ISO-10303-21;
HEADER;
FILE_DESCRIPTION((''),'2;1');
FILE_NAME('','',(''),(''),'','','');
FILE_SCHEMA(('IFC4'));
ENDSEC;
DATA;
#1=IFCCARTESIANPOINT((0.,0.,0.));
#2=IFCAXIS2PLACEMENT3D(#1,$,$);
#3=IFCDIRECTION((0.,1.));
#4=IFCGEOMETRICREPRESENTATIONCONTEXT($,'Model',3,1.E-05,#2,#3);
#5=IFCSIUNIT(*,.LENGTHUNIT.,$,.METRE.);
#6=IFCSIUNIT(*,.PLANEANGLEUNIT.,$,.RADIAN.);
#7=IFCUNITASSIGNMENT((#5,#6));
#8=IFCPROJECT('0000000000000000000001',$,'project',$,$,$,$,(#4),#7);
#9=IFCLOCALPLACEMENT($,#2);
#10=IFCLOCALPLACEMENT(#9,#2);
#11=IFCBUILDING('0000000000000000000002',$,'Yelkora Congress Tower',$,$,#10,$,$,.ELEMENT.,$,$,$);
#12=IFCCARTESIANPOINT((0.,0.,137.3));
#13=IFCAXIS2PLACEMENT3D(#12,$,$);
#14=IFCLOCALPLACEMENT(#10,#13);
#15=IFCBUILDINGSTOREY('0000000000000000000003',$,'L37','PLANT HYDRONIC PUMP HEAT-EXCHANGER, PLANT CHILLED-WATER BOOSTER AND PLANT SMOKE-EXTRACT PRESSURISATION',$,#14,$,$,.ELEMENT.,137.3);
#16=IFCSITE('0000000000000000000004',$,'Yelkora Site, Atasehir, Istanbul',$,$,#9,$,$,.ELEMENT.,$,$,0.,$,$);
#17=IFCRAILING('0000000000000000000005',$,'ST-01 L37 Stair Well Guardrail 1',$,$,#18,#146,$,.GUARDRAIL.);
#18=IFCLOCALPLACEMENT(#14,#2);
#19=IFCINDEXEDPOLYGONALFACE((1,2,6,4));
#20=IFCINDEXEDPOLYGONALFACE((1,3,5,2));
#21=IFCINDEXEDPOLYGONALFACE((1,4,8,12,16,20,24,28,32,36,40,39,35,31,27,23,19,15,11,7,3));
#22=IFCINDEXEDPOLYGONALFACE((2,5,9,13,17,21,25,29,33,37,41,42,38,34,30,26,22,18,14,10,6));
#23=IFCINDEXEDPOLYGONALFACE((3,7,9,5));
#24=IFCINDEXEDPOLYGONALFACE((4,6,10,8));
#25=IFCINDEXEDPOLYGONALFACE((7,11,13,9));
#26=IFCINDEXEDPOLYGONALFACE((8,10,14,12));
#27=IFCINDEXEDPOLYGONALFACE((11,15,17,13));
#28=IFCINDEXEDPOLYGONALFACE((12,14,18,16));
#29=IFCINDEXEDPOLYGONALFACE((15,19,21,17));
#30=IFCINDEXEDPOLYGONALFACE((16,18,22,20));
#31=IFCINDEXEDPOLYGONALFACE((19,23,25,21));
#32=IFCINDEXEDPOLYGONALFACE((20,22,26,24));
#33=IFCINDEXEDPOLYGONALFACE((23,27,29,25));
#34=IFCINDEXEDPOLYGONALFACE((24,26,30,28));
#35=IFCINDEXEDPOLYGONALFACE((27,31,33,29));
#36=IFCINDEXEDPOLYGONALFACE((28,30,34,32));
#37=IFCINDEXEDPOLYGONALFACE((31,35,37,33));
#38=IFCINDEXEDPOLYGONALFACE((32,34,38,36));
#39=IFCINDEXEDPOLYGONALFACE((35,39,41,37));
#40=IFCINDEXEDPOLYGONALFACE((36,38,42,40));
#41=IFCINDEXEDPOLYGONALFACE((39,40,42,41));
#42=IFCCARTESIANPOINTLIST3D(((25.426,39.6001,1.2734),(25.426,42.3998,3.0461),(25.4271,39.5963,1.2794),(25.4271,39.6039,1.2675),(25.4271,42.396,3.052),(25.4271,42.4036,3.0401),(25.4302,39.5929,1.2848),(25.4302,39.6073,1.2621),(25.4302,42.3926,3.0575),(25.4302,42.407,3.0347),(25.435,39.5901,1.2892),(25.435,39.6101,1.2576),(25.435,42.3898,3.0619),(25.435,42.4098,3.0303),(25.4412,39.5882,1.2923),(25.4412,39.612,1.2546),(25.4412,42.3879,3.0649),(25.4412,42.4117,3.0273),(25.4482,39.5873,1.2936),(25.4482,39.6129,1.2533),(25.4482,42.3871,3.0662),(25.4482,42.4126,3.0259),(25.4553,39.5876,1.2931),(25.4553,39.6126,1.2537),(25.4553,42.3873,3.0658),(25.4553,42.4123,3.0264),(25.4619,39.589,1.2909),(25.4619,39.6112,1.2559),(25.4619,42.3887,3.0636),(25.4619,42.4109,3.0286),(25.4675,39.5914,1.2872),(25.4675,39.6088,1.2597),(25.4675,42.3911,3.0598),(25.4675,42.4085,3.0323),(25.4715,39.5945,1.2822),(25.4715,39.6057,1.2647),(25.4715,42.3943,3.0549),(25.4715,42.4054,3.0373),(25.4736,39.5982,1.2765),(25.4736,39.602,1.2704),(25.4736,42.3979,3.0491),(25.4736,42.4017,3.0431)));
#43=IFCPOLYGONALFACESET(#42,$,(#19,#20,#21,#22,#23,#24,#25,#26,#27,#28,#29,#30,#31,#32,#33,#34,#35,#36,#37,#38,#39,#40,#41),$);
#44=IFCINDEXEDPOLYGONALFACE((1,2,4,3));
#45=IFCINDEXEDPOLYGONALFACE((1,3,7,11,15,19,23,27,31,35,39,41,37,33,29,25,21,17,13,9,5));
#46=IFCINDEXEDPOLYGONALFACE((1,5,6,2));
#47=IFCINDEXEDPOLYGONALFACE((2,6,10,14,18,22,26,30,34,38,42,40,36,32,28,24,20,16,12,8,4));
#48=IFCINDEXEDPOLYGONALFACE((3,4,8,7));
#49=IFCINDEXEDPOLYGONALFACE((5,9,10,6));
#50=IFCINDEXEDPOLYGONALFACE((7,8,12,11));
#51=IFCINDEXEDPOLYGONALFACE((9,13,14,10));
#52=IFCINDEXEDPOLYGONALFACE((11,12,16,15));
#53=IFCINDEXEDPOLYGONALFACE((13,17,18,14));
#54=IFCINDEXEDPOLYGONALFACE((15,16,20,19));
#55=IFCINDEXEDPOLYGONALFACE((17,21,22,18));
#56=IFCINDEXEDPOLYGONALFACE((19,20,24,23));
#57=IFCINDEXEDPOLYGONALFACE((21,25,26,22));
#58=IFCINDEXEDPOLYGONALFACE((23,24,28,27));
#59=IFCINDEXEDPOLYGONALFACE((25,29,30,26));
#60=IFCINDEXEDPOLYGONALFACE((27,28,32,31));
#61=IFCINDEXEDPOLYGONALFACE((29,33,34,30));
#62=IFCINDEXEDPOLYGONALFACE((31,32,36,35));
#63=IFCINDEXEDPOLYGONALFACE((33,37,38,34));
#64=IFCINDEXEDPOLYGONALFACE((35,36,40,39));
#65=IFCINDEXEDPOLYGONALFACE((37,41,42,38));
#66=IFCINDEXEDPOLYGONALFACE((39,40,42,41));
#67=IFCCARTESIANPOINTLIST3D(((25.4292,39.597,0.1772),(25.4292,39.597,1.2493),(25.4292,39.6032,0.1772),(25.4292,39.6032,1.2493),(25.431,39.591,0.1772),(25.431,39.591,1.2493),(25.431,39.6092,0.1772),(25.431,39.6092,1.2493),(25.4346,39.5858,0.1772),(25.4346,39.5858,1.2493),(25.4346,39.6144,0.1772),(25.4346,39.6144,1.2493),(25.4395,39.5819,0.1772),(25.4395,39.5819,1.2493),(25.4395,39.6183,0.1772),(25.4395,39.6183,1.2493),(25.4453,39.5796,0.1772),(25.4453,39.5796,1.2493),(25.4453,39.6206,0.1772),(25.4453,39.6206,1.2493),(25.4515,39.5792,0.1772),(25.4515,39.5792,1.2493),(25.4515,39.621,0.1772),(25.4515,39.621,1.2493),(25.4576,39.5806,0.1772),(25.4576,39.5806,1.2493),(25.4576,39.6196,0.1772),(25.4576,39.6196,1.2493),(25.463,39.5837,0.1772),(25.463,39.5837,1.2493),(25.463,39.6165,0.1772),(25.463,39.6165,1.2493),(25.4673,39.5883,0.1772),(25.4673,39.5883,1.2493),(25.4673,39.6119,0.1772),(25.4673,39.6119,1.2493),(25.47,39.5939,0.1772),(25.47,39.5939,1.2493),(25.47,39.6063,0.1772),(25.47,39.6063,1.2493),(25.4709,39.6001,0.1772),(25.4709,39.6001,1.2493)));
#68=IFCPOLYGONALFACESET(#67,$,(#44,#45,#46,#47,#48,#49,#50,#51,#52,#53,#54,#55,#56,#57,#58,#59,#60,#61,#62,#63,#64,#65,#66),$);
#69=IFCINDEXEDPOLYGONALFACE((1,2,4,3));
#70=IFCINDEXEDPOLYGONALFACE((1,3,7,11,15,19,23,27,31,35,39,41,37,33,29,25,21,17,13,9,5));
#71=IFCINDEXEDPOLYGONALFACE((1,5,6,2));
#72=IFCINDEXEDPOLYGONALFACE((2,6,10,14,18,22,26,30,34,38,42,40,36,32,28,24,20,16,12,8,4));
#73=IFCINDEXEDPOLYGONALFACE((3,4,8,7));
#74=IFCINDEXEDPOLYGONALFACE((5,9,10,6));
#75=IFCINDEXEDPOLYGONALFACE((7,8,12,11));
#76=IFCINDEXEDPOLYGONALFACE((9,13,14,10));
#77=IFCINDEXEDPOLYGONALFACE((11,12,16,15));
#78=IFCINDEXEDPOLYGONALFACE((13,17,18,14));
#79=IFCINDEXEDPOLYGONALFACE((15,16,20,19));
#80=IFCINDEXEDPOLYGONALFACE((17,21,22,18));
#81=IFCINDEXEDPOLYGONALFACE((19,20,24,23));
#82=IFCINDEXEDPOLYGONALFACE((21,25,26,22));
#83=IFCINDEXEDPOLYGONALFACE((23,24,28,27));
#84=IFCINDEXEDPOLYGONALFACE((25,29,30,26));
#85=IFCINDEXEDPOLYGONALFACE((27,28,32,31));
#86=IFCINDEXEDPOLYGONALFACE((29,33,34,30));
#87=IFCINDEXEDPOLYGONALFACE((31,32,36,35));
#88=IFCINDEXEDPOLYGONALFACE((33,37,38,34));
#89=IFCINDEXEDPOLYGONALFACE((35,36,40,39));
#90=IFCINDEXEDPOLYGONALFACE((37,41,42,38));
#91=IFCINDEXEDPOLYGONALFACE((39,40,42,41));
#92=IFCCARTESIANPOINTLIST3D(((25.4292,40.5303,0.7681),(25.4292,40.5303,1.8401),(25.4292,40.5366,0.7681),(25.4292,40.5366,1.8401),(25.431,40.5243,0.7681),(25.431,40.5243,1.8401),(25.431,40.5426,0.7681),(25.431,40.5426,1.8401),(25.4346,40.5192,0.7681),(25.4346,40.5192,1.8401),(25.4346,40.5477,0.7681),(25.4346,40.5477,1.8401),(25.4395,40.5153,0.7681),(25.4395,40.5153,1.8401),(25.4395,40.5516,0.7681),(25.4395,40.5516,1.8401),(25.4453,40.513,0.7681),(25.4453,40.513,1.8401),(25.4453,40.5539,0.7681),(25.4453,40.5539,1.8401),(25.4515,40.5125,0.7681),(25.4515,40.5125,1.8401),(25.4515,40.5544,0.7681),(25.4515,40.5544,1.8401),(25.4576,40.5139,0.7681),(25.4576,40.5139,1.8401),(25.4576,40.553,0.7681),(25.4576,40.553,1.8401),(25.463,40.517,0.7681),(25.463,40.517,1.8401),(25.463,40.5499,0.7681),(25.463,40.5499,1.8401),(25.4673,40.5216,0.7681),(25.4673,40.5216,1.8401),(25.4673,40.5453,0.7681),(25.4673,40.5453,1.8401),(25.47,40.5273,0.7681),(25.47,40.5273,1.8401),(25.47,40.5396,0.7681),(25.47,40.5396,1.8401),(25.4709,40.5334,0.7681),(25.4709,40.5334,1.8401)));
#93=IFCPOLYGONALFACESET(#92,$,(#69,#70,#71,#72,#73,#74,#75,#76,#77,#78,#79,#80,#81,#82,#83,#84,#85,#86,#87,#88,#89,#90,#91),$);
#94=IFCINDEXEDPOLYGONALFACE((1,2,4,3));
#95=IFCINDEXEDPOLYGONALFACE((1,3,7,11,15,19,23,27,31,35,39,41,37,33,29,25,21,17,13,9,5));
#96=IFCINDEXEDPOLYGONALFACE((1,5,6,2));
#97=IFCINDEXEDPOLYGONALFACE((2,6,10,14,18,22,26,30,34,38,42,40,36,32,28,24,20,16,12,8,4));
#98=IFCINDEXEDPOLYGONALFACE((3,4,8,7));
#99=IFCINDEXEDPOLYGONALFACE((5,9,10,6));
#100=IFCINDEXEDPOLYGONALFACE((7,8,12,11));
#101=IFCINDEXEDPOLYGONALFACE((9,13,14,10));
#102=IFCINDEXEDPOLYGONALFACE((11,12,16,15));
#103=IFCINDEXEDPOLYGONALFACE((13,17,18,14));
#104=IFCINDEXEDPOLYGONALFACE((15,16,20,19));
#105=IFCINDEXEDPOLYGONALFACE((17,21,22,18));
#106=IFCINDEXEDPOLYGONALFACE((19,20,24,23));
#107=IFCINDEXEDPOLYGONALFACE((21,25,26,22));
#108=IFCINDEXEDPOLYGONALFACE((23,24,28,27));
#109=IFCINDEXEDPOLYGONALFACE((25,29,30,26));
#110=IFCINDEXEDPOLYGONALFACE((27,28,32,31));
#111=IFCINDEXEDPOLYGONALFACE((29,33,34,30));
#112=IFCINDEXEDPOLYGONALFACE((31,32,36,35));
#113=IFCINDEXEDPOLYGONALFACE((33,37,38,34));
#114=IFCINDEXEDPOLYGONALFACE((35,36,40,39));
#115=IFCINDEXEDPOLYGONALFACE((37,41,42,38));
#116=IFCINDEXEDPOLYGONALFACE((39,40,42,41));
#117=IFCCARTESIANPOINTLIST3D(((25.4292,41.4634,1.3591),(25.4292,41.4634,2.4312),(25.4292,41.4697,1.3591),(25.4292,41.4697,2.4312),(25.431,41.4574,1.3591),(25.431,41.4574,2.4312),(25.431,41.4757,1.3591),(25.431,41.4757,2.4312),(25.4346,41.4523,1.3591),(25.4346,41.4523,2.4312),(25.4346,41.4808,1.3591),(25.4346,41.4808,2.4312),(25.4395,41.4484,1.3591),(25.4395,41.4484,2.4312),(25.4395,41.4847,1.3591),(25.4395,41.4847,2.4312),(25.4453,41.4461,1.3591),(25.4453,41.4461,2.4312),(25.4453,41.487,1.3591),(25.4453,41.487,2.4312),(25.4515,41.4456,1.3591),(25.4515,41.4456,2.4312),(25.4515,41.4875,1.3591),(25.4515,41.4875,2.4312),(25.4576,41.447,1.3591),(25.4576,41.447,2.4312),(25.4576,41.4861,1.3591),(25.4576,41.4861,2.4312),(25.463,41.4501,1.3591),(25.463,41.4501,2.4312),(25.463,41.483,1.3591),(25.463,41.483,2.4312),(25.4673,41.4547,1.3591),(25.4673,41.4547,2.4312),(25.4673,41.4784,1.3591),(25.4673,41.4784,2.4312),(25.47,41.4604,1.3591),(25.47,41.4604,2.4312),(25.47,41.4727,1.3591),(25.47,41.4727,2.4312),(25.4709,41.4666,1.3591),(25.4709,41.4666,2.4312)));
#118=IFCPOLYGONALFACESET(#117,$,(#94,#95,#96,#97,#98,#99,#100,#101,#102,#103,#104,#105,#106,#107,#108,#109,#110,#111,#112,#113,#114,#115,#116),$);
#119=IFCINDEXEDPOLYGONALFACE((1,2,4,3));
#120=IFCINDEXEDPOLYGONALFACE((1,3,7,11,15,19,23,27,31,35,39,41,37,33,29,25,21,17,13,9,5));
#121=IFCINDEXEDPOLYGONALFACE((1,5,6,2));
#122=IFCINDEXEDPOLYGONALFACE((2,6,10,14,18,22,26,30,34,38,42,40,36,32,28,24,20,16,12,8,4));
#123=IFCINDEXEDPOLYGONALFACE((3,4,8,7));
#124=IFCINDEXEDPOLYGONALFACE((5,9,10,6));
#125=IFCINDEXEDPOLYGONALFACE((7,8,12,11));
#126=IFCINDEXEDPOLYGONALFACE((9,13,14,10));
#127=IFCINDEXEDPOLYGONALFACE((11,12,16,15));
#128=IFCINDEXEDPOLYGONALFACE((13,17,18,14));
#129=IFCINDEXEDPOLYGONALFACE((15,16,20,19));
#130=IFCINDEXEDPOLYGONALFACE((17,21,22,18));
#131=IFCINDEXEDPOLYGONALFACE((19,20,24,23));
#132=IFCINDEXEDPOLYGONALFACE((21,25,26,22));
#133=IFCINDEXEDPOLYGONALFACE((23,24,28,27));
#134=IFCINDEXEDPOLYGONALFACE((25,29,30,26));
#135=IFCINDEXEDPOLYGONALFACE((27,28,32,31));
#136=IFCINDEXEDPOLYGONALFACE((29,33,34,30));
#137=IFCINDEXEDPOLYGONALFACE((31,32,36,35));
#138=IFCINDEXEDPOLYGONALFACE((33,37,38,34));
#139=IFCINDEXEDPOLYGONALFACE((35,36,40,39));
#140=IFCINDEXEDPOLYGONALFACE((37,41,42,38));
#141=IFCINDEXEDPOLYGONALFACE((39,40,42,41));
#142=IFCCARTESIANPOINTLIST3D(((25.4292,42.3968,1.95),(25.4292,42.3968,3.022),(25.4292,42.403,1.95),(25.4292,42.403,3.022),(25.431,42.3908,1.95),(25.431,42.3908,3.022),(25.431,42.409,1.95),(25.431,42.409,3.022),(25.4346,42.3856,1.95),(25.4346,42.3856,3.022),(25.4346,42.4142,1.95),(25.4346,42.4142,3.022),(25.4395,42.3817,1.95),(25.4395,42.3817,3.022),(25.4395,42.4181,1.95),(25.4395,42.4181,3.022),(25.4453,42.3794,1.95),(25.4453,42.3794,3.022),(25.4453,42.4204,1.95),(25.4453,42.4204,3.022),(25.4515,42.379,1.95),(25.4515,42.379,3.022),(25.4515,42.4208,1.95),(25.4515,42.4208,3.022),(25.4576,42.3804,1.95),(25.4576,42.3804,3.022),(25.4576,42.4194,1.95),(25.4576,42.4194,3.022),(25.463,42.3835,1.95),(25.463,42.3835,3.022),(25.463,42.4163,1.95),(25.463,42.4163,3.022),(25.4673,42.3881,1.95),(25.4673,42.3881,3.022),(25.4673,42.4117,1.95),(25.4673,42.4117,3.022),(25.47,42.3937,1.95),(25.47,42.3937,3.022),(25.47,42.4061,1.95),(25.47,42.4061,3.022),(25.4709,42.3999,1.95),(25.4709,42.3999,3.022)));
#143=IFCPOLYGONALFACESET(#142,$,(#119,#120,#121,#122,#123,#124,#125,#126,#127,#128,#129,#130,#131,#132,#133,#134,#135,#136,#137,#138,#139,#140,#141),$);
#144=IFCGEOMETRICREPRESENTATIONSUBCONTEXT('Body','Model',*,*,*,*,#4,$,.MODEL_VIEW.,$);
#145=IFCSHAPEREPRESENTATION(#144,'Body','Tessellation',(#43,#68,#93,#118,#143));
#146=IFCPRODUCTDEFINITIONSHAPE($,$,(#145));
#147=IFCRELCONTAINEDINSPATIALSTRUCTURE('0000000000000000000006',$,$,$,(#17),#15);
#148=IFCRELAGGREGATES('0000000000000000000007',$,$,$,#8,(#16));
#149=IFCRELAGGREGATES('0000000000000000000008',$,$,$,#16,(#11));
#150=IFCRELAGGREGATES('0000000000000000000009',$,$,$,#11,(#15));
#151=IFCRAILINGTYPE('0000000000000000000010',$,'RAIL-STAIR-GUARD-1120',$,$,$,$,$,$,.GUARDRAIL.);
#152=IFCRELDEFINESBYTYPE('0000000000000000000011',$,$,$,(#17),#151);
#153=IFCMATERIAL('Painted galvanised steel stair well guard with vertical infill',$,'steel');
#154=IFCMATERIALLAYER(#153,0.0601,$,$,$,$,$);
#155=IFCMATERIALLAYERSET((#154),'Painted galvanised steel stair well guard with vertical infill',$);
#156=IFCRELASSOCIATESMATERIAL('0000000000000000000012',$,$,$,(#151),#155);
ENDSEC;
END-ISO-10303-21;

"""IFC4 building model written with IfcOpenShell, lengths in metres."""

from ifc_helpers import new_model, si_unit, direction, frame, origin, origin_2d, place, context, subcontext, project, spatial, circle, extrude, material, layer, layer_set, type_object, element, save


model = new_model("IFC4")

# Units and contexts
model_context = context("Model", 3, precision=1e-05, world=origin(), true_north=direction((0.0, 1.0)))
body_context = subcontext(model_context, "Body", "Model", "MODEL_VIEW")
ifc_project = project(units=[si_unit("LENGTHUNIT", "METRE"), si_unit("PLANEANGLEUNIT", "RADIAN")], contexts=[model_context])

# Site, building, storey
site_placement = place(None, origin())
site = spatial("IfcSite", under=ifc_project, at=site_placement, Name="Yelkora Site, Atasehir, Istanbul", CompositionType="ELEMENT", RefElevation=0.0)
building_placement = place(site_placement, origin())
building = spatial("IfcBuilding", under=site, at=building_placement, Name="Yelkora Congress Tower", CompositionType="ELEMENT")
storey_placement = place(building_placement, frame((0.0, 0.0, 137.3)))
storey = spatial("IfcBuildingStorey", under=building, at=storey_placement, Name="L37", Description="PLANT HYDRONIC PUMP HEAT-EXCHANGER, PLANT CHILLED-WATER BOOSTER AND PLANT SMOKE-EXTRACT PRESSURISATION", CompositionType="ELEMENT", Elevation=137.3)

# Railing
ifc_material_1 = material(Name="Painted galvanised steel stair well guard with vertical infill", Category="steel")
ifc_layer_1 = layer(ifc_material_1, 0.0601)
ifc_layer_set_1 = layer_set([ifc_layer_1], Name="Painted galvanised steel stair well guard with vertical infill")
railing_type_1 = type_object("IfcRailingType", Name="RAIL-STAIR-GUARD-1120", PredefinedType="GUARDRAIL", material=ifc_layer_set_1)
railing_1_placement = place(storey_placement, frame((25.45, 39.6001, 0.1772)))
element("IfcRailing", 1, at=railing_1_placement, inside=storey, type_object=railing_type_1, Name="ST-01 L37 Stair Well Guardrail 1", PredefinedType="GUARDRAIL", context=body_context, shape_type="SweptSolid", body=[
    extrude(circle(Radius=0.0239, at=origin_2d()), frame((0.0, 0.0, 1.0962), z_axis=(0.0, 0.844888, 0.534943), x_axis=(-1.0, 0.0, 0.0)), (0.0, 0.0, 1.0), 3.3137),
    extrude(circle(Radius=0.021, at=origin_2d()), origin(), (0.0, 0.0, 1.0), 1.072),
    extrude(circle(Radius=0.021, at=origin_2d()), frame((0.0, 0.9333, 0.5908)), (0.0, 0.0, 1.0), 1.072),
    extrude(circle(Radius=0.021, at=origin_2d()), frame((0.0, 1.8665, 1.1819)), (0.0, 0.0, 1.0), 1.072),
    extrude(circle(Radius=0.021, at=origin_2d()), frame((0.0, 2.7998, 1.7727)), (0.0, 0.0, 1.0), 1.072),
])

save(model, "model.ifc")
